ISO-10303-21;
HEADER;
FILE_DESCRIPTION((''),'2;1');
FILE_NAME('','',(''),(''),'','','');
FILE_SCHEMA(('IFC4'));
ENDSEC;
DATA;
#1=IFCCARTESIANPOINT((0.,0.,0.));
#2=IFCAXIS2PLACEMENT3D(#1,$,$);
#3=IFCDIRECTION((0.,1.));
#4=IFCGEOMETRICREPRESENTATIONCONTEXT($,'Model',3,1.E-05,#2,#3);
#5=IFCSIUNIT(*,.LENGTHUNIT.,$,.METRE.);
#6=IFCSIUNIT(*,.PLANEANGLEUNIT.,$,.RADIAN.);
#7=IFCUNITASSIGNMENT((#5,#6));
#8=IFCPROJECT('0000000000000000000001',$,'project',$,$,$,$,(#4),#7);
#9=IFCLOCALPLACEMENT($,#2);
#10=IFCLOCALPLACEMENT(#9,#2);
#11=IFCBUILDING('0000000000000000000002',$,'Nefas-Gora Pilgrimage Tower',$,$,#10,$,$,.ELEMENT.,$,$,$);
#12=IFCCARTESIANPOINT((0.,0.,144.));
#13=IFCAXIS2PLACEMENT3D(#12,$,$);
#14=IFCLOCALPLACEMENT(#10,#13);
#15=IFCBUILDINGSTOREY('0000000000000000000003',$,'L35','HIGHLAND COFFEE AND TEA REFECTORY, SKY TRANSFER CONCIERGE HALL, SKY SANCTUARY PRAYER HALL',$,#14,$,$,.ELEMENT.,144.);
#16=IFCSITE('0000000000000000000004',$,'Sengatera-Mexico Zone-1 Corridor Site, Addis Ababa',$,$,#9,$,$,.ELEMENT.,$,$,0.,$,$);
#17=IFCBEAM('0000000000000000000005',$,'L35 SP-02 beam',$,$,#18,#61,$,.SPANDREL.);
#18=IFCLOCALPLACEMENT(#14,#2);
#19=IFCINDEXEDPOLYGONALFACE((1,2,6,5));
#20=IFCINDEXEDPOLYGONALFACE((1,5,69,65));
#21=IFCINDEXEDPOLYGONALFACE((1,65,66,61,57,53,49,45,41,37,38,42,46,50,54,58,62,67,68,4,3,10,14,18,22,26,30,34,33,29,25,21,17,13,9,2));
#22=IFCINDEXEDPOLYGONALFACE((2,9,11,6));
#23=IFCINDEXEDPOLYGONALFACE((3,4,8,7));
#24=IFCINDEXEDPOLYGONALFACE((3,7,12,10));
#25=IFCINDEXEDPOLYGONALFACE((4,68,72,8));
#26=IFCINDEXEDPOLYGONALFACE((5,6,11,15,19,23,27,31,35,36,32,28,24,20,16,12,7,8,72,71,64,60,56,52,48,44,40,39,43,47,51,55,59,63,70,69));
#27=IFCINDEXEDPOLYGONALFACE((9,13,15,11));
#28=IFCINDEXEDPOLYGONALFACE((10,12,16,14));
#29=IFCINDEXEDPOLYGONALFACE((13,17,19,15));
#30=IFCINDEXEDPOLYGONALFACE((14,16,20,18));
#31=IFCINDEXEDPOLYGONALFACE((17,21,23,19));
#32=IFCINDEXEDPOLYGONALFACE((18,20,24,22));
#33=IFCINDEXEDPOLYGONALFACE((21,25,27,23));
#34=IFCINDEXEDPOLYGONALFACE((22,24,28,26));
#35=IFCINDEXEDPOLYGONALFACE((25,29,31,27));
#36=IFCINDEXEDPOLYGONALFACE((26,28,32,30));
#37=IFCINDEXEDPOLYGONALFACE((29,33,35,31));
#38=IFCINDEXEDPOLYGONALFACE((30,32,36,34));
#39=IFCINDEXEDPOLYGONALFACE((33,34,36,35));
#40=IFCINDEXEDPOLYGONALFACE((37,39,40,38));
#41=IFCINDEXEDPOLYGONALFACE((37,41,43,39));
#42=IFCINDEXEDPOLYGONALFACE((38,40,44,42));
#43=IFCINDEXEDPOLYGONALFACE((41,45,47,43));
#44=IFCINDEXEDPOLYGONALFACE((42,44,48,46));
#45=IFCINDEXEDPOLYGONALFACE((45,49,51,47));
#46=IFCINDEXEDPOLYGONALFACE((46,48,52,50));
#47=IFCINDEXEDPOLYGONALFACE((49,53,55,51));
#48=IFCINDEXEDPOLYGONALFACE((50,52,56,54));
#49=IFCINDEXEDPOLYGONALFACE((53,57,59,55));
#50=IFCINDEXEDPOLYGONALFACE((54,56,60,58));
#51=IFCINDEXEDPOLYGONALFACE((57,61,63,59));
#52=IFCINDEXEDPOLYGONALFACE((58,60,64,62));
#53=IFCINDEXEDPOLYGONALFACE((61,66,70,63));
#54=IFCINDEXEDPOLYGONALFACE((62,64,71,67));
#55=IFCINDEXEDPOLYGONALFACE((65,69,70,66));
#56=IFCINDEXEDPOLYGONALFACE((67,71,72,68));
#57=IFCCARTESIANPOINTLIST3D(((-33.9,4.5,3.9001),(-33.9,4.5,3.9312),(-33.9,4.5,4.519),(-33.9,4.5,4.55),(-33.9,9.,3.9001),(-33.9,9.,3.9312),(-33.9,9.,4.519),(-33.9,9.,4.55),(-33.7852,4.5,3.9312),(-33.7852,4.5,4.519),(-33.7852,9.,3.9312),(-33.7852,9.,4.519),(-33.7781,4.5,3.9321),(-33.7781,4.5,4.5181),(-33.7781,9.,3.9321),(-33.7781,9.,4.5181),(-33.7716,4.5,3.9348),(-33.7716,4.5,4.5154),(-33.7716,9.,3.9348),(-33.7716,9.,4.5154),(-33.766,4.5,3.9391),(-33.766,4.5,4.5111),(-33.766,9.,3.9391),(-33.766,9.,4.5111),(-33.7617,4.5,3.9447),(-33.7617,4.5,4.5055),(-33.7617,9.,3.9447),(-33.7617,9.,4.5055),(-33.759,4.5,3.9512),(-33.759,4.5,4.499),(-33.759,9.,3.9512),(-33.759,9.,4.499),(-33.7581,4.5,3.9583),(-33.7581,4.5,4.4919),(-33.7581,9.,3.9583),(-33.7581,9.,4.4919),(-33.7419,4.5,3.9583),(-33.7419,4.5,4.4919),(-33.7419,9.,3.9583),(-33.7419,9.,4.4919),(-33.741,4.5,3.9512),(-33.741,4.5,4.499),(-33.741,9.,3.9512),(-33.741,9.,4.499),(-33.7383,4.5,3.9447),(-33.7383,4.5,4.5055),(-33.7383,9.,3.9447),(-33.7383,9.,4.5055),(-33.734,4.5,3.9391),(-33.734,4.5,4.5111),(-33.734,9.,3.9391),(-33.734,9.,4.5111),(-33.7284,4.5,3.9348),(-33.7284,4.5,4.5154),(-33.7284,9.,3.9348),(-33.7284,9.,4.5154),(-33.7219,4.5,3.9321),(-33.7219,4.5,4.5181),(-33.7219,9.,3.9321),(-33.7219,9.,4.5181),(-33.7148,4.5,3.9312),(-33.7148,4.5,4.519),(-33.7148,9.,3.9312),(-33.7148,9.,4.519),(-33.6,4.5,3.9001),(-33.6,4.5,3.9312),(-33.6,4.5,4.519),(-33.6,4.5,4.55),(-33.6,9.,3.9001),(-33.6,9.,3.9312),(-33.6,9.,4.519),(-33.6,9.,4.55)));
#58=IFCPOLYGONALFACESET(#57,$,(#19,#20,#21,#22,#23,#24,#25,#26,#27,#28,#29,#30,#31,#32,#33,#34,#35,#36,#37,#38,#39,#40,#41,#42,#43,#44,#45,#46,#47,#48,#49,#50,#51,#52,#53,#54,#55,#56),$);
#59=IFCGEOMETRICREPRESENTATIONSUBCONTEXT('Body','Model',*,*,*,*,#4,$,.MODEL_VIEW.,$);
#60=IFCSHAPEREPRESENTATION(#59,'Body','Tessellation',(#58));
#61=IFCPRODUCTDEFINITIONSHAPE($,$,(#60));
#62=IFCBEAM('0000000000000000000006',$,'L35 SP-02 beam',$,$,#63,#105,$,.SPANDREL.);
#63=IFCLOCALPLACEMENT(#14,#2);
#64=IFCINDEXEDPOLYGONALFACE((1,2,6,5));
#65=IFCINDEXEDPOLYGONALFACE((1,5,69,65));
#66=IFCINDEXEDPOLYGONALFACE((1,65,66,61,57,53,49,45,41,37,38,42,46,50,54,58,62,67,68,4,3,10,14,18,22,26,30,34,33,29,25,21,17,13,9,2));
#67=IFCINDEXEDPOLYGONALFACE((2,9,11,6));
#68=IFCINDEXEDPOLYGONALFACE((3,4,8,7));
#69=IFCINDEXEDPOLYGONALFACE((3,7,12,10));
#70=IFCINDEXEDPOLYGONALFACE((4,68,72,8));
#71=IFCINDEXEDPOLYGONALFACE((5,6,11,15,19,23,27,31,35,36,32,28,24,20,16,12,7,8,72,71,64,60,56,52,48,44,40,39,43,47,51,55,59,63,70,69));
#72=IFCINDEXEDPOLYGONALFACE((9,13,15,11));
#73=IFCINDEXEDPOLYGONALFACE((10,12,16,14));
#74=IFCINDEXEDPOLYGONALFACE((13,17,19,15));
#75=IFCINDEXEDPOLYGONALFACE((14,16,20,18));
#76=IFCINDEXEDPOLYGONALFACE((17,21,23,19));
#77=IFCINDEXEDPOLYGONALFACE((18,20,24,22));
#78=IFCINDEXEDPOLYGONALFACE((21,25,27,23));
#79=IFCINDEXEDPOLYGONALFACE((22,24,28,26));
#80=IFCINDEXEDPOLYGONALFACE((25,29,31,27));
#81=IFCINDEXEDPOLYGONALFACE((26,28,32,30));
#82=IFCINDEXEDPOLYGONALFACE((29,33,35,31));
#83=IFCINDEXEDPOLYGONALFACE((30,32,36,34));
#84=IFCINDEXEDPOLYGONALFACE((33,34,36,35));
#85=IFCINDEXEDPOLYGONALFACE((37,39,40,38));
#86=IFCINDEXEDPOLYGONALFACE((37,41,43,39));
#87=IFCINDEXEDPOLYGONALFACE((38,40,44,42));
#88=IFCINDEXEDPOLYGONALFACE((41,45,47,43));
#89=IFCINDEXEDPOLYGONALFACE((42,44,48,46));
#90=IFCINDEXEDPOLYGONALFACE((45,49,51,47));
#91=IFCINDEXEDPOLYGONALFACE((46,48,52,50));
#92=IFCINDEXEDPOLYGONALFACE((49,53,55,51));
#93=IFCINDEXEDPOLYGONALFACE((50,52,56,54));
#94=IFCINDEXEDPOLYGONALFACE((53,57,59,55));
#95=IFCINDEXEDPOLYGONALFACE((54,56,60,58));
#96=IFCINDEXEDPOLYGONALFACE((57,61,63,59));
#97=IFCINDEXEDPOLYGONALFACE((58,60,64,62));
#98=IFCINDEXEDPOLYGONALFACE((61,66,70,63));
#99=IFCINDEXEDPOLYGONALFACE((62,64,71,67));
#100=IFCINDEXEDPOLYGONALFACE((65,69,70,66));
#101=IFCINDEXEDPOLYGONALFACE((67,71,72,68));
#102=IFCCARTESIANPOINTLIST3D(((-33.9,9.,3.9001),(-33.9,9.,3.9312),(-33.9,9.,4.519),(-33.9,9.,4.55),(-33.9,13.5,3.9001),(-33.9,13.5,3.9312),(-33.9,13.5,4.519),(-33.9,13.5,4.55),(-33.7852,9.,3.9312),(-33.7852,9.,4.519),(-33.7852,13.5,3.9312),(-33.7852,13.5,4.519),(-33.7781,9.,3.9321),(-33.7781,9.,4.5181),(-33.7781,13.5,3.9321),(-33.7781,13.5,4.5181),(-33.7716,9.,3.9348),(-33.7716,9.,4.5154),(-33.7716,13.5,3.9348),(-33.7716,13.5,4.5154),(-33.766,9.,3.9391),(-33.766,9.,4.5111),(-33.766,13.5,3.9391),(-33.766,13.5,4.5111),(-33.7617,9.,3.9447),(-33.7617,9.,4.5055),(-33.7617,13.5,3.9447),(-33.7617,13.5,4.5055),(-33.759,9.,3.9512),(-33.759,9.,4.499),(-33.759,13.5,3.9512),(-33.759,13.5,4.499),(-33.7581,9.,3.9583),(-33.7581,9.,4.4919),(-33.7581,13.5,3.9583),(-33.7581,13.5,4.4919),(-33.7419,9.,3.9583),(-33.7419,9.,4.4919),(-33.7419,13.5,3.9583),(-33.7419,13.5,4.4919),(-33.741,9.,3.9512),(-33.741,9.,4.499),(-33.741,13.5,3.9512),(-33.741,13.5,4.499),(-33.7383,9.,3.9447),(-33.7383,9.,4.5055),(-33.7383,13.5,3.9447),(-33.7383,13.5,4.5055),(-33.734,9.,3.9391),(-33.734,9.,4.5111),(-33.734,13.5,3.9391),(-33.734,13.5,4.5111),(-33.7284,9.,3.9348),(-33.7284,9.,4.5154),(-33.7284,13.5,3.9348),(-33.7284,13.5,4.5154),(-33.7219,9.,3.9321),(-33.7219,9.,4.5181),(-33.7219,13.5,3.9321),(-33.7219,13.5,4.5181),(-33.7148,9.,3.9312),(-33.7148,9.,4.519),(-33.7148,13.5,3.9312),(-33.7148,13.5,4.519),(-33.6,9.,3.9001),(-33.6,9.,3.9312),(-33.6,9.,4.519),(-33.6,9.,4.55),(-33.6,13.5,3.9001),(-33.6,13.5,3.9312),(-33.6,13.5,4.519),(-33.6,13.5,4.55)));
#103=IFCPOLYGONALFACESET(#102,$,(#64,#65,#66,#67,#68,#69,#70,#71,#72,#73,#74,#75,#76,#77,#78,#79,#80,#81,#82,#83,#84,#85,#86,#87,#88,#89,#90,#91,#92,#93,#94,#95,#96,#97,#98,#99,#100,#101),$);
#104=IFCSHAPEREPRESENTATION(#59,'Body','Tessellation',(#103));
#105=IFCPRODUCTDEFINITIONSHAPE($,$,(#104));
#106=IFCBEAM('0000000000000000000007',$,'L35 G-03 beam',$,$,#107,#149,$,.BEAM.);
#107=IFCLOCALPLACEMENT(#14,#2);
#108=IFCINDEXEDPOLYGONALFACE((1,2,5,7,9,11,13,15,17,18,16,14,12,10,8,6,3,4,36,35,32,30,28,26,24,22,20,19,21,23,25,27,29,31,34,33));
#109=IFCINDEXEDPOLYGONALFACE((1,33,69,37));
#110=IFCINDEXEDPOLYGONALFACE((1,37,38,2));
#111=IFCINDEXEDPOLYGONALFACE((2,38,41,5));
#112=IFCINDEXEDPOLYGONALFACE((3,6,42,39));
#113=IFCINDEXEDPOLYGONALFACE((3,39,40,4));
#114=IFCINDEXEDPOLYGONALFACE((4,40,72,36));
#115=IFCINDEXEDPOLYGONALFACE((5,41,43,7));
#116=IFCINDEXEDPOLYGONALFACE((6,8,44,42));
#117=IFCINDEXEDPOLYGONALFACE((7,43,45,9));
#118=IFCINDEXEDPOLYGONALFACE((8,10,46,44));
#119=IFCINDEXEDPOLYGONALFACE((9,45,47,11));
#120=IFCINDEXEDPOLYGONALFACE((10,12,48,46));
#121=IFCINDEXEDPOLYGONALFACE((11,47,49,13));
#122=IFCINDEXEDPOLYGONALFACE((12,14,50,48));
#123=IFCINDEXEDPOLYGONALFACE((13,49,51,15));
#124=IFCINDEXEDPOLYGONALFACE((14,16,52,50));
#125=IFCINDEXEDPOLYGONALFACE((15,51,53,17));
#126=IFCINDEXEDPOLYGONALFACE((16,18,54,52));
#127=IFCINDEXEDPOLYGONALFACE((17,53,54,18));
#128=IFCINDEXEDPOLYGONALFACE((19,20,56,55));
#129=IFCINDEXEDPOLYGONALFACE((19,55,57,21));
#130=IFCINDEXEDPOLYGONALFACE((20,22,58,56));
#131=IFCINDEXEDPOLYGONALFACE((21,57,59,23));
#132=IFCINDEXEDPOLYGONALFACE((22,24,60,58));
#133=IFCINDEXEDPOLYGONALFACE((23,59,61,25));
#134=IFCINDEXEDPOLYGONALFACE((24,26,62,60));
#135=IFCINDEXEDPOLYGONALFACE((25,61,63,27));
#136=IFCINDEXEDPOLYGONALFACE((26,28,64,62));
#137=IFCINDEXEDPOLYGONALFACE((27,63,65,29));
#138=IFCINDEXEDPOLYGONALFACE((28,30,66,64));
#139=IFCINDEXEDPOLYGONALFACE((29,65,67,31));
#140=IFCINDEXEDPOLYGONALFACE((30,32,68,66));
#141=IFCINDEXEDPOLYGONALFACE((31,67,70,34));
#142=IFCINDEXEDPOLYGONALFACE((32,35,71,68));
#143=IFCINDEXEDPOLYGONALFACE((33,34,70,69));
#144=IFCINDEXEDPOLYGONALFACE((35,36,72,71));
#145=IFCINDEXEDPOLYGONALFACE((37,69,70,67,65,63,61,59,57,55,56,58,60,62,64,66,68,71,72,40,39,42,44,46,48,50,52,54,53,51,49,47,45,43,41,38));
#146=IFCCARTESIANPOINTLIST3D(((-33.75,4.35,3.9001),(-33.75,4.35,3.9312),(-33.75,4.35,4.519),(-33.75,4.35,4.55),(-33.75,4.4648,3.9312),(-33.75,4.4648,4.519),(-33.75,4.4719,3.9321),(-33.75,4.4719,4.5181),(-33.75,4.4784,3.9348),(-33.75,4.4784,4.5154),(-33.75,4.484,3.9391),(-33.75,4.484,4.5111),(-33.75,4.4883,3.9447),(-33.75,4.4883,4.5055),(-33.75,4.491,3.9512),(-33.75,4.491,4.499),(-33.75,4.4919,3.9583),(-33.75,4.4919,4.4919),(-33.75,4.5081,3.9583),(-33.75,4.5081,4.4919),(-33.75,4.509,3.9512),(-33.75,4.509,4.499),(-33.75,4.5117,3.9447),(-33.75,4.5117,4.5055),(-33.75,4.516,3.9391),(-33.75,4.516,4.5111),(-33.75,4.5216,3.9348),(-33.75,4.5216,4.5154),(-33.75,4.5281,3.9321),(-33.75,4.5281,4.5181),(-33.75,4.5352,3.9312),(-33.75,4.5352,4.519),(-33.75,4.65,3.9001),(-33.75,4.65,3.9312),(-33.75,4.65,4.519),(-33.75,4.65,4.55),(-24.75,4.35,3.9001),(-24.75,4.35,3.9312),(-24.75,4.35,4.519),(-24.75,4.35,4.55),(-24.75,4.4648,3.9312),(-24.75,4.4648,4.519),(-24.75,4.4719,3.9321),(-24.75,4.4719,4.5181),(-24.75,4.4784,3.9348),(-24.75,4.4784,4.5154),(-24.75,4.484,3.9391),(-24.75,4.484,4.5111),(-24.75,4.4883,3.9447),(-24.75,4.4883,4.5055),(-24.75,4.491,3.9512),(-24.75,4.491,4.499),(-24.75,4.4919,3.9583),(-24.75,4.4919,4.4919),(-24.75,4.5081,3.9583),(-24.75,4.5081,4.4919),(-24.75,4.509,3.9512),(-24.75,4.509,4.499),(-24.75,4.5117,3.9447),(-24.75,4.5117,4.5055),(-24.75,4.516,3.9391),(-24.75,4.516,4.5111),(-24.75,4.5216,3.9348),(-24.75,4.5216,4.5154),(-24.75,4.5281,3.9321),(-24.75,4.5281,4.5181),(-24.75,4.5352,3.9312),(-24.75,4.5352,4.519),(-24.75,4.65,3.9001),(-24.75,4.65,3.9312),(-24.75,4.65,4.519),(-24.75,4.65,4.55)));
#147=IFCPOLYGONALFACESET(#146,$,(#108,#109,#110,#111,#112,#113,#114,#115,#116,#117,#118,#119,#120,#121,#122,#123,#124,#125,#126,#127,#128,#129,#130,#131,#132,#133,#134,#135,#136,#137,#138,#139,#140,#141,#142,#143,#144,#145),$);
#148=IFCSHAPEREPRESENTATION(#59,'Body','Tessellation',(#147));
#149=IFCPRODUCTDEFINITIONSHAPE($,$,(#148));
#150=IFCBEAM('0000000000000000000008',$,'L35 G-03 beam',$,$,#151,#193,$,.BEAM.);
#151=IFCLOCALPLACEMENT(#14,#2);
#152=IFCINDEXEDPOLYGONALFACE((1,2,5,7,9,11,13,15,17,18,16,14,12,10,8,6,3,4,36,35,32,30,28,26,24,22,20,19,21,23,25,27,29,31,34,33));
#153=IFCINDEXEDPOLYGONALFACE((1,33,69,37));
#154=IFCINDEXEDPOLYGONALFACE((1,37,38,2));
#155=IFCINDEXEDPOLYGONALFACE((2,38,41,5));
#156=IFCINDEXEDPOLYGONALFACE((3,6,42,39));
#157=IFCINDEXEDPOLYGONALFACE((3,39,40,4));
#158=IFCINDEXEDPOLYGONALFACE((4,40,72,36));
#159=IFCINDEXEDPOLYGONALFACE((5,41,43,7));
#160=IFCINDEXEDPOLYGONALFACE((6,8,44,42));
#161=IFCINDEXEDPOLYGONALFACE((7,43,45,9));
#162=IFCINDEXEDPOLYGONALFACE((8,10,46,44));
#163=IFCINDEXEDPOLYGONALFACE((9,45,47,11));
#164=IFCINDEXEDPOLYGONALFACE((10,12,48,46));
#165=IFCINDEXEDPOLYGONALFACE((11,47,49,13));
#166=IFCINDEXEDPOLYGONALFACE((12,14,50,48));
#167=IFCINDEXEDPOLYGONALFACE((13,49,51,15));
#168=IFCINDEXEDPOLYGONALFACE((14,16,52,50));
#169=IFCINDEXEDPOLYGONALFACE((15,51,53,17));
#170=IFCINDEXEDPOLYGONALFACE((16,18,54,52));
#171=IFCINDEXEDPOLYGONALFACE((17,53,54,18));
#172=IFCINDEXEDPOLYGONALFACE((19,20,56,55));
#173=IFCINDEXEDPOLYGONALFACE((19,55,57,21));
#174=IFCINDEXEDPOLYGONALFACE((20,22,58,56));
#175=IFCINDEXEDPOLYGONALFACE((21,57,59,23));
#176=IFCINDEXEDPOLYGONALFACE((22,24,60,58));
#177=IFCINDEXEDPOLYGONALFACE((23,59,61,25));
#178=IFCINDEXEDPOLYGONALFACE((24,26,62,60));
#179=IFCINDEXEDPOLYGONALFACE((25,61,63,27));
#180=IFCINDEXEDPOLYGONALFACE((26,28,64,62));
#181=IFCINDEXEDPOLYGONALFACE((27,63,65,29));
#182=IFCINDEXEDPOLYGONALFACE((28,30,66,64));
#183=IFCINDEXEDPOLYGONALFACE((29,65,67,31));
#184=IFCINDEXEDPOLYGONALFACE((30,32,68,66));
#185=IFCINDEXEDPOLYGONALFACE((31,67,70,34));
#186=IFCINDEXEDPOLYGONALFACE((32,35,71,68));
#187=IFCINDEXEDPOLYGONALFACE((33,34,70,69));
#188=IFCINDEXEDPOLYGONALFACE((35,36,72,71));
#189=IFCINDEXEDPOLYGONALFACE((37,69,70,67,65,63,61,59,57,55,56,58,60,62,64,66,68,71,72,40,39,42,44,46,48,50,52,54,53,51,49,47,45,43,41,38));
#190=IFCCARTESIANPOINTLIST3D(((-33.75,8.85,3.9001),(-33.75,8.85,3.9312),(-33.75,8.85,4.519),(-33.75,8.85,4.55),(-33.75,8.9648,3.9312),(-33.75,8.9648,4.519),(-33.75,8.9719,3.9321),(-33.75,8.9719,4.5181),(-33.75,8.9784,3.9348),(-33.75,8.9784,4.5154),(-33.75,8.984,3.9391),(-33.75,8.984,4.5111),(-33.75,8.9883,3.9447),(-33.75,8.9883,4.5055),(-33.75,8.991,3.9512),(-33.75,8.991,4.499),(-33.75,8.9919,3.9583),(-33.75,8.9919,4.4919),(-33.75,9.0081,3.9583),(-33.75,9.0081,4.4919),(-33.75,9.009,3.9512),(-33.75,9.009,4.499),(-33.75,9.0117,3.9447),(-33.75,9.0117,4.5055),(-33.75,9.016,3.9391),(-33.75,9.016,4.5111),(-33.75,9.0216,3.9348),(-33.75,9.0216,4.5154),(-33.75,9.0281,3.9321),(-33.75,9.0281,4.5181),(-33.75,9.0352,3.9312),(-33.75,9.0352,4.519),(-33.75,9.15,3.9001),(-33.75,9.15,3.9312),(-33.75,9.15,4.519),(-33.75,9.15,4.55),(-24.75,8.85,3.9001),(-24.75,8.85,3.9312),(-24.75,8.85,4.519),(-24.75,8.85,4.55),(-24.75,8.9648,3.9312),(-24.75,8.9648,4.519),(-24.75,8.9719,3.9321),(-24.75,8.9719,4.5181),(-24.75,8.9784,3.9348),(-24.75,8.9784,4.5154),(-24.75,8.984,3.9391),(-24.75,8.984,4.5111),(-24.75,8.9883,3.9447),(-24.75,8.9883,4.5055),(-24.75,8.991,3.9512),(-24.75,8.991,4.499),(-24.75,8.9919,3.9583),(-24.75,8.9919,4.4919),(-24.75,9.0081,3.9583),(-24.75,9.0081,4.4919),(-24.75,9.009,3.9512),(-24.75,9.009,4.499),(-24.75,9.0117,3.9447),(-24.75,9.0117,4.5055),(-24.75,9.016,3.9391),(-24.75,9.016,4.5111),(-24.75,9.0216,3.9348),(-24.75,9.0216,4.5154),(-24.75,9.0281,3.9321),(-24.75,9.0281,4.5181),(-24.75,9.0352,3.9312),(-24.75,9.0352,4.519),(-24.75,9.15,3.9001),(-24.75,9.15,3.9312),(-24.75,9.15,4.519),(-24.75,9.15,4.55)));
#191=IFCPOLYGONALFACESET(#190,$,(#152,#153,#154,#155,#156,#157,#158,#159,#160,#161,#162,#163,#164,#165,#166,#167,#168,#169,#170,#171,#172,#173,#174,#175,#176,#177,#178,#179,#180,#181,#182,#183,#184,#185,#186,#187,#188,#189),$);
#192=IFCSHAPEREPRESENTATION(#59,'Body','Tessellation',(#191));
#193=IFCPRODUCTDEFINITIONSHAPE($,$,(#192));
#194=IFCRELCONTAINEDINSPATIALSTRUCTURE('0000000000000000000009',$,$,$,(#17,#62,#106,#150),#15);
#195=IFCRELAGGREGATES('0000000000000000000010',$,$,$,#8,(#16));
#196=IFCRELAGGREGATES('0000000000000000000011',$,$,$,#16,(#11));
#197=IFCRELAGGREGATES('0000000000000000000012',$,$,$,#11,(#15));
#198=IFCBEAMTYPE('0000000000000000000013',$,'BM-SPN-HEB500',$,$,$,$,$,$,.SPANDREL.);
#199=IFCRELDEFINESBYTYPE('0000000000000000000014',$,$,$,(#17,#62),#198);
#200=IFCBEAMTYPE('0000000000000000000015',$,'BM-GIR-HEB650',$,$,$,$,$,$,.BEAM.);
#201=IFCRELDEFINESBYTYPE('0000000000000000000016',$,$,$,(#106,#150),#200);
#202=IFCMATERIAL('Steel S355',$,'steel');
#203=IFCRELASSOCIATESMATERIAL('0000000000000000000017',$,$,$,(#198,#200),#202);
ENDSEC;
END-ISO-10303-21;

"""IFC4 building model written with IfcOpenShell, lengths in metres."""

from ifc_helpers import new_model, si_unit, direction, frame, origin, origin_2d, place, context, subcontext, project, spatial, i_section, extrude, source, transform, mapped, material, material_profile, profile_set, type_object, element, save


model = new_model("IFC4")

# Units and contexts
model_context = context("Model", 3, precision=1e-05, world=origin(), true_north=direction((0.0, 1.0)))
body_context = subcontext(model_context, "Body", "Model", "MODEL_VIEW")
ifc_project = project(units=[si_unit("LENGTHUNIT", "METRE"), si_unit("PLANEANGLEUNIT", "RADIAN")], contexts=[model_context])

# Site, building, storey
site_placement = place(None, origin())
site = spatial("IfcSite", under=ifc_project, at=site_placement, Name="Sengatera-Mexico Zone-1 Corridor Site, Addis Ababa", CompositionType="ELEMENT", RefElevation=0.0)
building_placement = place(site_placement, origin())
building = spatial("IfcBuilding", under=site, at=building_placement, Name="Nefas-Gora Pilgrimage Tower", CompositionType="ELEMENT")
storey_placement = place(building_placement, frame((0.0, 0.0, 144.0)))
storey = spatial("IfcBuildingStorey", under=building, at=storey_placement, Name="L35", Description="HIGHLAND COFFEE AND TEA REFECTORY, SKY TRANSFER CONCIERGE HALL, SKY SANCTUARY PRAYER HALL", CompositionType="ELEMENT", Elevation=144.0)

# Beams
ifc_material_1 = material(Name="Steel S355", Category="steel")
ifc_material_profile_1 = material_profile(ifc_material_1, i_section(OverallWidth=0.3, OverallDepth=0.6499, WebThickness=0.0161, FlangeThickness=0.031, FilletRadius=0.0271, at=origin_2d()), Name="HEB 650")
ifc_profile_set_1 = profile_set([ifc_material_profile_1], Name="Steel S355")
beam_type_1 = type_object("IfcBeamType", Name="BM-SPN-HEB500", PredefinedType="SPANDREL", material=ifc_profile_set_1)
shared_shape_1 = source(origin(), body_context, "Body", "SweptSolid", [
    extrude(i_section(OverallWidth=0.3, OverallDepth=0.6499, WebThickness=0.0161, FlangeThickness=0.031, FilletRadius=0.0271, at=origin_2d()), origin(), (0.0, 0.0, 1.0), 4.5),
])
for number, where, z_axis, x_axis, name in (
    (1, (-33.75, 4.5, 4.2251), (0.0, 1.0, 0.0), (-1.0, 0.0, 0.0), "L35 SP-02 beam"),
    (2, (-33.75, 9.0, 4.2251), (0.0, 1.0, 0.0), (-1.0, 0.0, 0.0), "L35 SP-02 beam"),
):
    element("IfcBeam", number, at=place(storey_placement, frame(where, z_axis=z_axis, x_axis=x_axis)), inside=storey, type_object=beam_type_1, Name=name, PredefinedType="SPANDREL", context=body_context, shape_type="MappedRepresentation", body=[
        mapped(shared_shape_1, transform((0.0, 0.0, 0.0), x_axis=(1.0, 0.0, 0.0), y_axis=(0.0, 1.0, 0.0), z_axis=(0.0, 0.0, 1.0), scale=1.0)),
    ])
ifc_material_profile_2 = material_profile(ifc_material_1, i_section(OverallWidth=0.3, OverallDepth=0.6499, WebThickness=0.0161, FlangeThickness=0.031, FilletRadius=0.0271, at=origin_2d()), Name="HEB 650")
ifc_profile_set_2 = profile_set([ifc_material_profile_2], Name="Steel S355")
beam_type_2 = type_object("IfcBeamType", Name="BM-GIR-HEB650", PredefinedType="BEAM", material=ifc_profile_set_2)
shared_shape_2 = source(origin(), body_context, "Body", "SweptSolid", [
    extrude(i_section(OverallWidth=0.3, OverallDepth=0.6499, WebThickness=0.0161, FlangeThickness=0.031, FilletRadius=0.0271, at=origin_2d()), origin(), (0.0, 0.0, 1.0), 9.0),
])
for number, where, z_axis, x_axis, name in (
    (3, (-33.75, 4.5, 4.2251), (1.0, 0.0, 0.0), (0.0, 1.0, 0.0), "L35 G-03 beam"),
    (4, (-33.75, 9.0, 4.2251), (1.0, 0.0, 0.0), (0.0, 1.0, 0.0), "L35 G-03 beam"),
):
    element("IfcBeam", number, at=place(storey_placement, frame(where, z_axis=z_axis, x_axis=x_axis)), inside=storey, type_object=beam_type_2, Name=name, PredefinedType="BEAM", context=body_context, shape_type="MappedRepresentation", body=[
        mapped(shared_shape_2, transform((0.0, 0.0, 0.0), x_axis=(1.0, 0.0, 0.0), y_axis=(0.0, 1.0, 0.0), z_axis=(0.0, 0.0, 1.0), scale=1.0)),
    ])

save(model, "model.ifc")
